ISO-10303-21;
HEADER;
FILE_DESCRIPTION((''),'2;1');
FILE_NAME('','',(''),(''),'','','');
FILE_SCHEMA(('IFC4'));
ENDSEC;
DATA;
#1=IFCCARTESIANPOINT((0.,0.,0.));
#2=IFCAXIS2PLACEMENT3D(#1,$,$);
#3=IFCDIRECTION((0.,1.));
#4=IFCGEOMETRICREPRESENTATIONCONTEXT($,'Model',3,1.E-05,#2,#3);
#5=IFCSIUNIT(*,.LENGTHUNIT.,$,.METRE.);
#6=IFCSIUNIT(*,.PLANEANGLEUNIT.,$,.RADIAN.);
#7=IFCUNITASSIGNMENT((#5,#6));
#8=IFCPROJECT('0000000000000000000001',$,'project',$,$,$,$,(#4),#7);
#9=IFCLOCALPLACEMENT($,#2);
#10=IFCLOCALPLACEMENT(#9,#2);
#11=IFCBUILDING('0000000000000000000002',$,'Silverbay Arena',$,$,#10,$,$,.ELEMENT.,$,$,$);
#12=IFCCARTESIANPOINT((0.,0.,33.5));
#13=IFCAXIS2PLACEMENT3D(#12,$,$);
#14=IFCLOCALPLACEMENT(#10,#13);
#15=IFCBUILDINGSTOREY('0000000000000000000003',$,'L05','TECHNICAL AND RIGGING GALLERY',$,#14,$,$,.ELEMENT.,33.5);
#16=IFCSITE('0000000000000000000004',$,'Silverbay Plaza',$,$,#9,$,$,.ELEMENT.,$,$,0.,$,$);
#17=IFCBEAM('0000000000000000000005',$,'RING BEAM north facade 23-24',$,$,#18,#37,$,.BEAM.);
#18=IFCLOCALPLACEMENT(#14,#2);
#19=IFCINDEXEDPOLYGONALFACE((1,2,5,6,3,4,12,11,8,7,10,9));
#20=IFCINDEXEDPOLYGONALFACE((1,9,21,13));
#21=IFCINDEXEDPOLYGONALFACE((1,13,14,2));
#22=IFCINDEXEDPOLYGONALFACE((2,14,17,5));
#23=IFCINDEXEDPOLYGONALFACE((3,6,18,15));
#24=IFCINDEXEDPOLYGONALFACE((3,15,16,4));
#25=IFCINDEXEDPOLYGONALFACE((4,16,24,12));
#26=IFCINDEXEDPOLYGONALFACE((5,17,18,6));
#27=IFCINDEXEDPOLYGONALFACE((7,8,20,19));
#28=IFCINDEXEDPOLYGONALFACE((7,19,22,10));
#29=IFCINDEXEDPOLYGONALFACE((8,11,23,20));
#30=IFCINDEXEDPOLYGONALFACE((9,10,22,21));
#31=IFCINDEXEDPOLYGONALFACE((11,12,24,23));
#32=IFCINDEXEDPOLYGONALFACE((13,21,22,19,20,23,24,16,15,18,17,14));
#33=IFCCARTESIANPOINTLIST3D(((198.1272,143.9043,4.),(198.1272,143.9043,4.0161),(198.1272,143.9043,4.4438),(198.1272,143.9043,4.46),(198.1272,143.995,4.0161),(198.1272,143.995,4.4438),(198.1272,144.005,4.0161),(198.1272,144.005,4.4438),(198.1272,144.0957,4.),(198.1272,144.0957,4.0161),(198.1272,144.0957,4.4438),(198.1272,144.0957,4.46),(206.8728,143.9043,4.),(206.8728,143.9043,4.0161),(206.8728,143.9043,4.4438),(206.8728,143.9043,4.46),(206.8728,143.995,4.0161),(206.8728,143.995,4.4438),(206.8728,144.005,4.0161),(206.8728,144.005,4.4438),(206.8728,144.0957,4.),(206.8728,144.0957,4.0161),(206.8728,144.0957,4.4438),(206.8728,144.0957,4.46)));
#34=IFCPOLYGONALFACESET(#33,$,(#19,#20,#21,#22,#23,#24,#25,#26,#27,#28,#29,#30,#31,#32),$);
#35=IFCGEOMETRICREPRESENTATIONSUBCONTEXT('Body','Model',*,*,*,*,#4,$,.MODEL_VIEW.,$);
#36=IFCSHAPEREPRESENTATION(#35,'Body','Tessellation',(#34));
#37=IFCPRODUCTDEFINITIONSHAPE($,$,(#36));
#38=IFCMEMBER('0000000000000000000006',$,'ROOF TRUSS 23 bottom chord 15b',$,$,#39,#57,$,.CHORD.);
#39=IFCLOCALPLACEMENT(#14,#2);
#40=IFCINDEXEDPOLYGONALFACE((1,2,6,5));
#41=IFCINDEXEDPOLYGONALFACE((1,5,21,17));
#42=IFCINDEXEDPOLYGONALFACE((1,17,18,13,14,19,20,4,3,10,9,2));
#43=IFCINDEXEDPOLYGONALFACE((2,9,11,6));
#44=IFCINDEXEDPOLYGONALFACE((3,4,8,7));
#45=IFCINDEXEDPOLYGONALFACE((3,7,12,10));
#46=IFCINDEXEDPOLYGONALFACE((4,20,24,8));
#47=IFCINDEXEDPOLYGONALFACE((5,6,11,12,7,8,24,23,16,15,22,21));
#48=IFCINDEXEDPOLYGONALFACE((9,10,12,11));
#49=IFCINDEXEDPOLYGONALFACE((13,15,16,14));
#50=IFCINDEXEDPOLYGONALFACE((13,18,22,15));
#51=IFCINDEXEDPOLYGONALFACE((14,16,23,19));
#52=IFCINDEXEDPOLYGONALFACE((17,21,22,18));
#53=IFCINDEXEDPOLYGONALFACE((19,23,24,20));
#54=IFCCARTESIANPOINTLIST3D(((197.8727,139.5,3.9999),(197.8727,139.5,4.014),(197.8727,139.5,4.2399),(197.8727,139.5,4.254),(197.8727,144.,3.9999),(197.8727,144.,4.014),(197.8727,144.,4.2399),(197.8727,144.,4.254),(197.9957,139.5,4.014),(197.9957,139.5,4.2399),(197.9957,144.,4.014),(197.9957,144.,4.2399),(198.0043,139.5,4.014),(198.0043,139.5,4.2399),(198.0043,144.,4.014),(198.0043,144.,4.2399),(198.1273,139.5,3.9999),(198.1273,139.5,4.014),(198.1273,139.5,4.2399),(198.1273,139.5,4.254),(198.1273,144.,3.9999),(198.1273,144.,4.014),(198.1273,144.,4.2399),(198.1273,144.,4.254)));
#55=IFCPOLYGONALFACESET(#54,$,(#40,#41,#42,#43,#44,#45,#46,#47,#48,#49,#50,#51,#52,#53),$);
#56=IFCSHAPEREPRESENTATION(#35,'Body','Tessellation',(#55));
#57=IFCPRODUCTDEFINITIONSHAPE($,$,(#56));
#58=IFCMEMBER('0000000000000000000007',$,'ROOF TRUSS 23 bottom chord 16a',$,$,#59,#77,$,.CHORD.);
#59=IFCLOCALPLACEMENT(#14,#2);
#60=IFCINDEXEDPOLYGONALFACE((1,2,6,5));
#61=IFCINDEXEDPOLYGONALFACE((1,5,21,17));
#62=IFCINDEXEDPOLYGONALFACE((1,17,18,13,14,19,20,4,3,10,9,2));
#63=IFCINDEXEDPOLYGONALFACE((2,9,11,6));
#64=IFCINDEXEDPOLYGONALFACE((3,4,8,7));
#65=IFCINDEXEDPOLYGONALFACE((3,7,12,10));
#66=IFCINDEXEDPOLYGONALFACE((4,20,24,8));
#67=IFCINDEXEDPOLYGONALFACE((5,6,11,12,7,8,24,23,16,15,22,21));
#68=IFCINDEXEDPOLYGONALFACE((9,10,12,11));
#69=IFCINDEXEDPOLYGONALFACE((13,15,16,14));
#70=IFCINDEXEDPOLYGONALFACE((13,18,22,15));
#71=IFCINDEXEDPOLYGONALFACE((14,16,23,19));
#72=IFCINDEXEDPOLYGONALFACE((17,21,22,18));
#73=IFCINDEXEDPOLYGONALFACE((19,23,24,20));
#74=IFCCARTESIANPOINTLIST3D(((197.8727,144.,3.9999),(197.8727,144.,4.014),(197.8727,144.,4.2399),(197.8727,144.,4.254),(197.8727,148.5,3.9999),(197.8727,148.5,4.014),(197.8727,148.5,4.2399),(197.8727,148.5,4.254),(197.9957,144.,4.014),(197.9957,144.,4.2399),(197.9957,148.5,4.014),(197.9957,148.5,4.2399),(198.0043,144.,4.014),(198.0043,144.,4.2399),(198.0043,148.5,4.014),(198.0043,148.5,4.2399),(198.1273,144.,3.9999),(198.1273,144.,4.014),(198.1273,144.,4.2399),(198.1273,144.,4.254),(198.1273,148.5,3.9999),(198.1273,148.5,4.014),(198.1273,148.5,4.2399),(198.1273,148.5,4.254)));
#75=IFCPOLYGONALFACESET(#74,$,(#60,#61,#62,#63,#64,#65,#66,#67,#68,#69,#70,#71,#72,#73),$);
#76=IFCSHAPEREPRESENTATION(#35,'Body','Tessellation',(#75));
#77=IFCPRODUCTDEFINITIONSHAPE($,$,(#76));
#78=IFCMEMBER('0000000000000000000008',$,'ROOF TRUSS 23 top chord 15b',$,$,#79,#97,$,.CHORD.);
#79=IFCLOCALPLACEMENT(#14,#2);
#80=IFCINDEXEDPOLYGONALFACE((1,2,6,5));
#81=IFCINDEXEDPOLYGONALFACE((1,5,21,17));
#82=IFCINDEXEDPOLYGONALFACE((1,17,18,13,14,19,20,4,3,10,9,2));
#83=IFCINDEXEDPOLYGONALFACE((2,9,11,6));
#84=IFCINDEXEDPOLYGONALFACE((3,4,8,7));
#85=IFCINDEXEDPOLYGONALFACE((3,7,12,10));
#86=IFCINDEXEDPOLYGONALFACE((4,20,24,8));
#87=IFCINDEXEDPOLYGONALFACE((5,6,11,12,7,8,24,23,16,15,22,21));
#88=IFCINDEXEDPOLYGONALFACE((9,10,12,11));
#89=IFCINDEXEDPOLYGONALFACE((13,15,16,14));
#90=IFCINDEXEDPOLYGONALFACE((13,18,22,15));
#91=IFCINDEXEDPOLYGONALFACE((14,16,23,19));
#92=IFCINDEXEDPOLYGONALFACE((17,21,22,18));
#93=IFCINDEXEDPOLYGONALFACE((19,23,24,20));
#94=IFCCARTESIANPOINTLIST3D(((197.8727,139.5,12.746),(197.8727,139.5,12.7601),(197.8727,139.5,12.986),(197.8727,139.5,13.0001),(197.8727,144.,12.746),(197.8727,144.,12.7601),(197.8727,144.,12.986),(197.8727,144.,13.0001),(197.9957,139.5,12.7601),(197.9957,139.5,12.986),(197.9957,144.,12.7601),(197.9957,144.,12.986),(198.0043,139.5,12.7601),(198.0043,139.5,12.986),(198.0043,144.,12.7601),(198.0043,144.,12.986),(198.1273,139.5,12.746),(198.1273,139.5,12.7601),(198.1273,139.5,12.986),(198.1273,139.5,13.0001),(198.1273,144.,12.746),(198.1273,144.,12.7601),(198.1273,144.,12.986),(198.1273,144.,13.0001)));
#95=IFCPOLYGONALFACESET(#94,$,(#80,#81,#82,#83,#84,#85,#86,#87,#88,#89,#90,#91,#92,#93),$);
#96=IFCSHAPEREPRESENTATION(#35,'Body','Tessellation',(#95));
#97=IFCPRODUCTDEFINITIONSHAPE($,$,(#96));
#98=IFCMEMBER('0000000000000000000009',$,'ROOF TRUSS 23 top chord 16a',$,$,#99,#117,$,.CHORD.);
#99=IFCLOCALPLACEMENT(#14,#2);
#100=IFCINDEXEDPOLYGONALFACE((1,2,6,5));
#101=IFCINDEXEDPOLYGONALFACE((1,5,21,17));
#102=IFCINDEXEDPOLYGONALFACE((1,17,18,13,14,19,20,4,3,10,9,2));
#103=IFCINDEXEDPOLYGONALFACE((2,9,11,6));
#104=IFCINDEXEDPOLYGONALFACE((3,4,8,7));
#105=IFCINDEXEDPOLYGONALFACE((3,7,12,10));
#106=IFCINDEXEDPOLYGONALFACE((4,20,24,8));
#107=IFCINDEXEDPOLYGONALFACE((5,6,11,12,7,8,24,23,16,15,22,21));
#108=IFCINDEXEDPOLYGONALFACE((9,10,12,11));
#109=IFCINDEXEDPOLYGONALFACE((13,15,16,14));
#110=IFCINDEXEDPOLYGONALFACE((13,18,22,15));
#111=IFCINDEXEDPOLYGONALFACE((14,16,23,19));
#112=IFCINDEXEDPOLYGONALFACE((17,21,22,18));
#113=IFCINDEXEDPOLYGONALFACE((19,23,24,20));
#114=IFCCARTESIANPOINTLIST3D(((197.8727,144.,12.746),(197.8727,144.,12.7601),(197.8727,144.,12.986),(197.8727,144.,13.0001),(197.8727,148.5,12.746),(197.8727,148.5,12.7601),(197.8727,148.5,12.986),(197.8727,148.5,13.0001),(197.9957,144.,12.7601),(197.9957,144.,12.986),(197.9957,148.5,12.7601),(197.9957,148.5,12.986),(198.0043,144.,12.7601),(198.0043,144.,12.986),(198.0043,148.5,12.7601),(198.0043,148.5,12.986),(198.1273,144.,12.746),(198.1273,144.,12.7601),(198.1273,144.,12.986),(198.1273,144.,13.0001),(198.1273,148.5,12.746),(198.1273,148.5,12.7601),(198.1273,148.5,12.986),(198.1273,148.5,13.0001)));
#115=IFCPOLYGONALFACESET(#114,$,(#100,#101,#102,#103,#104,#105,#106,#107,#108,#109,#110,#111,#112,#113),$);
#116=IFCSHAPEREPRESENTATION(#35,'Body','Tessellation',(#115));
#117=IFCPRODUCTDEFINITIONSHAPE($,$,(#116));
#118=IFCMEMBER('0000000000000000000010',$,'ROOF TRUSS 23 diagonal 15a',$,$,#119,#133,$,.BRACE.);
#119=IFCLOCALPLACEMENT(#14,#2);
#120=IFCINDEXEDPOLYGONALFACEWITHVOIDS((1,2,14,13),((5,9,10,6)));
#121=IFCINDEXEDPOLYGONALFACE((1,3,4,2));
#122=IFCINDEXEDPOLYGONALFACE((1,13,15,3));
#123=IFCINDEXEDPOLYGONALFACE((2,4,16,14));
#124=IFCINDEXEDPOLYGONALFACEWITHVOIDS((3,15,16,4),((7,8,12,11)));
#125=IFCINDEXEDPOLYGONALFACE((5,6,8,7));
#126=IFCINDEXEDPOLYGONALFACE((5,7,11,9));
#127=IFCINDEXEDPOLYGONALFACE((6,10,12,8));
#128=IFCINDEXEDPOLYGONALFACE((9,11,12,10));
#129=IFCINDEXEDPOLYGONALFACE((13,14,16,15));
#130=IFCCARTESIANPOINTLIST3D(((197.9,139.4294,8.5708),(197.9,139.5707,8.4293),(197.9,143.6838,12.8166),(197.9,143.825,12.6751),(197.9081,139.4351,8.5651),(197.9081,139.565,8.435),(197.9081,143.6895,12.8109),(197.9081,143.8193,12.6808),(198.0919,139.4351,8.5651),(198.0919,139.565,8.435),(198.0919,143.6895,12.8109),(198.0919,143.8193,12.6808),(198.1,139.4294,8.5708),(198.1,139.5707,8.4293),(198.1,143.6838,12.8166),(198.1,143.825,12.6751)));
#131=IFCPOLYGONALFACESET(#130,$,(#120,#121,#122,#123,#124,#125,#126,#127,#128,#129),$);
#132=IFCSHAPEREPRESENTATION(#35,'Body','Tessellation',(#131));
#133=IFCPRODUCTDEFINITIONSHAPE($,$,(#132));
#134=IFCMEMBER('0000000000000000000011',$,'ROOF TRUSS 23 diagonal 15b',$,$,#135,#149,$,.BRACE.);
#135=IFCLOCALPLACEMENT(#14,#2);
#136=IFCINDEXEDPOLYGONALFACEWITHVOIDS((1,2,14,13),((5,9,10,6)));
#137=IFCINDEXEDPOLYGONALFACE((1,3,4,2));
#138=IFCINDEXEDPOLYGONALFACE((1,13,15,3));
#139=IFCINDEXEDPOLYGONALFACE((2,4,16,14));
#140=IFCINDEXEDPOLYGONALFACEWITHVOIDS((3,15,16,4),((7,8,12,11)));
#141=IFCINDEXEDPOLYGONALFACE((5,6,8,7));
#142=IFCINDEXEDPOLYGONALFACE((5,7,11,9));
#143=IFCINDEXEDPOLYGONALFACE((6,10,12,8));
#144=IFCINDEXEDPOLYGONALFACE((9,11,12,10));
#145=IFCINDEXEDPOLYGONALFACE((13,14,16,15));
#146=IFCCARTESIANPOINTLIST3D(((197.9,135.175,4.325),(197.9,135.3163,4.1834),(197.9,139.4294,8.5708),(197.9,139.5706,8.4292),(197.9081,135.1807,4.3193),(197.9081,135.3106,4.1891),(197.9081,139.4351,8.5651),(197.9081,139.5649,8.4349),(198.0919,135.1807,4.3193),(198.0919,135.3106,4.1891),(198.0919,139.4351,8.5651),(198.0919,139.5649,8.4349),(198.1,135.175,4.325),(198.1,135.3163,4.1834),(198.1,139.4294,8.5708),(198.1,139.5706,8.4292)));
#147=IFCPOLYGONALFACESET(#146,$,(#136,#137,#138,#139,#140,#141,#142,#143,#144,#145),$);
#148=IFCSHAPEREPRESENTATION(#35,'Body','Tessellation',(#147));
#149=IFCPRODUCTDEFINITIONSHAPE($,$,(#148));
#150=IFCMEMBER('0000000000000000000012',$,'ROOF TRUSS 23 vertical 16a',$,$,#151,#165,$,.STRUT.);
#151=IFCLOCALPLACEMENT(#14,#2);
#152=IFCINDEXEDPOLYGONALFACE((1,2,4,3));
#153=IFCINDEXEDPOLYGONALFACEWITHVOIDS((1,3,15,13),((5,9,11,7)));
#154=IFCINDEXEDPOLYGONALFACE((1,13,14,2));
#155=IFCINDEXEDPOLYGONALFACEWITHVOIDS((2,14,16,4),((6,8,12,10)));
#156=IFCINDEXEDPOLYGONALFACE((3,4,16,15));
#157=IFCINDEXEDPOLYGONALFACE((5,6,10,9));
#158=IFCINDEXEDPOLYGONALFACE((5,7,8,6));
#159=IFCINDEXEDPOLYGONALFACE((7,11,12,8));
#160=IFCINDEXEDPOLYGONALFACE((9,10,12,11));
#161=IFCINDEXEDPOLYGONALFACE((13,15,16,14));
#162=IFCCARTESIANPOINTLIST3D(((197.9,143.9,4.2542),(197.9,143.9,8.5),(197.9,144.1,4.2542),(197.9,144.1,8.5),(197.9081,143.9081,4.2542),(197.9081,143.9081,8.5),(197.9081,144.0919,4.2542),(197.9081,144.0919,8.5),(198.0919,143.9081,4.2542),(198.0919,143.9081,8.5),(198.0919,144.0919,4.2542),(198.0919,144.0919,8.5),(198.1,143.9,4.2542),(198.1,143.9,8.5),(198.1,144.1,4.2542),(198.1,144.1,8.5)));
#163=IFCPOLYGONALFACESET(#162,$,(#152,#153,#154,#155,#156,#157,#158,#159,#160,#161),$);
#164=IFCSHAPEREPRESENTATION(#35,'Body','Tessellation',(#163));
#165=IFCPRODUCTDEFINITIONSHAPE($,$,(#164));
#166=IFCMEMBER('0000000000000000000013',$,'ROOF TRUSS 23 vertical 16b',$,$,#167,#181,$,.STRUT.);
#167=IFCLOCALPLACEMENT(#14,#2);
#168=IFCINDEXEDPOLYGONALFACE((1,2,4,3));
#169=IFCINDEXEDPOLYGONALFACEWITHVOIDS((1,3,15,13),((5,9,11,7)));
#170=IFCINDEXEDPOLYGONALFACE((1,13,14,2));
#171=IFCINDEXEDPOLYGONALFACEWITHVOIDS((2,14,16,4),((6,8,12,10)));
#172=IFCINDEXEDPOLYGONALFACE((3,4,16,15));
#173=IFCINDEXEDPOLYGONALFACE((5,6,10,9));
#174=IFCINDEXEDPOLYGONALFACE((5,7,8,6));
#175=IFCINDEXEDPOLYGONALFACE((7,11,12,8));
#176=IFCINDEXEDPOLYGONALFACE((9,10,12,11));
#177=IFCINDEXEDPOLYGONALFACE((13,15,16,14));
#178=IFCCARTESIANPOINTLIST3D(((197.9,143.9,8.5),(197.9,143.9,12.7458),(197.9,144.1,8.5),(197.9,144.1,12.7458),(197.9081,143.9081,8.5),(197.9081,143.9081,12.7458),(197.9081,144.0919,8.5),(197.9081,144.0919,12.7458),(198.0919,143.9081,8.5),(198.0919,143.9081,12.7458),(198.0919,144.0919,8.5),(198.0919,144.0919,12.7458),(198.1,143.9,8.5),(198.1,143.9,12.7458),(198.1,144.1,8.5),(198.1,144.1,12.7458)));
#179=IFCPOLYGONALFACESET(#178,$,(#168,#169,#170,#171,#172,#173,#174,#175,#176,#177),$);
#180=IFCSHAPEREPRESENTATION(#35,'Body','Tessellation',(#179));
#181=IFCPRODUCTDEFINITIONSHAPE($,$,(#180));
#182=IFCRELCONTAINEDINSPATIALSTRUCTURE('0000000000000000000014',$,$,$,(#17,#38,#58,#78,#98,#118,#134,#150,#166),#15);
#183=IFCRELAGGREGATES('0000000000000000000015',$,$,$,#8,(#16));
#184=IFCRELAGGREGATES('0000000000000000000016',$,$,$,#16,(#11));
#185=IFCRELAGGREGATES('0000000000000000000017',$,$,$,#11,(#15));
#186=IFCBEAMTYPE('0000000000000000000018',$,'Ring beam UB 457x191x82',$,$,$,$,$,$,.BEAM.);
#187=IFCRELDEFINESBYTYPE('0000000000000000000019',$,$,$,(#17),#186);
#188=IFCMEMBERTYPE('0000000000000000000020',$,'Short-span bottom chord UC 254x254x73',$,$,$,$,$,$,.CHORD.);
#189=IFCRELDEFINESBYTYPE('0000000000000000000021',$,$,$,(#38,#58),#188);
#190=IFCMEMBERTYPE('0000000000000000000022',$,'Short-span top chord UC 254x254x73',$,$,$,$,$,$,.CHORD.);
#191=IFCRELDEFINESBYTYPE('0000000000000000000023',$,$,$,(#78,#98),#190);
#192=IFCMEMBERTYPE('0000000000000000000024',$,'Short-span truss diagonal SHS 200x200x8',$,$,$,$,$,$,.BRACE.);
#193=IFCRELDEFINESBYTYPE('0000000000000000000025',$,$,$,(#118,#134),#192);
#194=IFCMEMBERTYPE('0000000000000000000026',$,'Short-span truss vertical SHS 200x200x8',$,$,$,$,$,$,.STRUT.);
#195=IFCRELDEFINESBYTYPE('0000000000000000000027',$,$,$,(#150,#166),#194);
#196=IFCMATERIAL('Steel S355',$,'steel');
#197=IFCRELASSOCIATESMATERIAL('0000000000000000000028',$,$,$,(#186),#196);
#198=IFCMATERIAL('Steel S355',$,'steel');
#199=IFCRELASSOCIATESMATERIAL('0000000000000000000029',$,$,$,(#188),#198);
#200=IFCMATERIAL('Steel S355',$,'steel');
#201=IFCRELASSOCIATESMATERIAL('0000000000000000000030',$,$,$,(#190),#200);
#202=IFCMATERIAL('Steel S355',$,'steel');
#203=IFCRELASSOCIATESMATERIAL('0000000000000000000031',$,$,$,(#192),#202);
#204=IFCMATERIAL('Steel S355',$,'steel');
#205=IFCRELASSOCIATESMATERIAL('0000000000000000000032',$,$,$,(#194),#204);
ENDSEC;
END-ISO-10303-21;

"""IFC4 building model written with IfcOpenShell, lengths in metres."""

from ifc_helpers import new_model, si_unit, direction, frame, origin, origin_2d, place, context, subcontext, project, spatial, hollow_rectangle, i_section, extrude, material, material_profile, profile_set, type_object, element, save


model = new_model("IFC4")

# Units and contexts
model_context = context("Model", 3, precision=1e-05, world=origin(), true_north=direction((0.0, 1.0)))
body_context = subcontext(model_context, "Body", "Model", "MODEL_VIEW")
ifc_project = project(units=[si_unit("LENGTHUNIT", "METRE"), si_unit("PLANEANGLEUNIT", "RADIAN")], contexts=[model_context])

# Site, building, storey
site_placement = place(None, origin())
site = spatial("IfcSite", under=ifc_project, at=site_placement, Name="Silverbay Plaza", CompositionType="ELEMENT", RefElevation=0.0)
building_placement = place(site_placement, origin())
building = spatial("IfcBuilding", under=site, at=building_placement, Name="Silverbay Arena", CompositionType="ELEMENT")
storey_placement = place(building_placement, frame((0.0, 0.0, 33.5)))
storey = spatial("IfcBuildingStorey", under=building, at=storey_placement, Name="L05", Description="TECHNICAL AND RIGGING GALLERY", CompositionType="ELEMENT", Elevation=33.5)

# Beam
ifc_material_1 = material(Name="Steel S355", Category="steel")
ifc_material_profile_1 = material_profile(ifc_material_1, i_section(OverallWidth=0.1914, OverallDepth=0.46, WebThickness=0.01, FlangeThickness=0.0161, at=origin_2d()), Name="UB 457x191x82")
ifc_profile_set_1 = profile_set([ifc_material_profile_1], Name="Steel S355")
beam_type = type_object("IfcBeamType", Name="Ring beam UB 457x191x82", PredefinedType="BEAM", material=ifc_profile_set_1)
beam_placement = place(storey_placement, frame((198.1272, 144.0, 4.23), z_axis=(1.0, 0.0, 0.0), x_axis=(0.0, 1.0, 0.0)))
element("IfcBeam", 1, at=beam_placement, inside=storey, type_object=beam_type, Name="RING BEAM north facade 23-24", PredefinedType="BEAM", context=body_context, shape_type="SweptSolid", body=[
    extrude(i_section(OverallWidth=0.1914, OverallDepth=0.46, WebThickness=0.01, FlangeThickness=0.0161, at=origin_2d()), origin(), (0.0, 0.0, 1.0), 8.7456),
])

# Members
ifc_material_2 = material(Name="Steel S355", Category="steel")
ifc_material_profile_2 = material_profile(ifc_material_2, i_section(OverallWidth=0.2546, OverallDepth=0.2542, WebThickness=0.0085, FlangeThickness=0.0142, at=origin_2d()), Name="UC 254x254x73")
ifc_profile_set_2 = profile_set([ifc_material_profile_2], Name="Steel S355")
member_type_1 = type_object("IfcMemberType", Name="Short-span bottom chord UC 254x254x73", PredefinedType="CHORD", material=ifc_profile_set_2)
for number, where, z_axis, x_axis, name in (
    (2, (198.0, 139.5, 4.127), (0.0, 1.0, 0.0), (-1.0, 0.0, 0.0), "ROOF TRUSS 23 bottom chord 15b"),
    (3, (198.0, 144.0, 4.127), (0.0, 1.0, 0.0), (-1.0, 0.0, 0.0), "ROOF TRUSS 23 bottom chord 16a"),
):
    element("IfcMember", number, at=place(storey_placement, frame(where, z_axis=z_axis, x_axis=x_axis)), inside=storey, type_object=member_type_1, Name=name, PredefinedType="CHORD", context=body_context, shape_type="SweptSolid", body=[
        extrude(i_section(OverallWidth=0.2546, OverallDepth=0.2542, WebThickness=0.0085, FlangeThickness=0.0142, at=origin_2d()), origin(), (0.0, 0.0, 1.0), 4.5),
    ])
ifc_material_3 = material(Name="Steel S355", Category="steel")
ifc_material_profile_3 = material_profile(ifc_material_3, i_section(OverallWidth=0.2546, OverallDepth=0.2542, WebThickness=0.0085, FlangeThickness=0.0142, at=origin_2d()), Name="UC 254x254x73")
ifc_profile_set_3 = profile_set([ifc_material_profile_3], Name="Steel S355")
member_type_2 = type_object("IfcMemberType", Name="Short-span top chord UC 254x254x73", PredefinedType="CHORD", material=ifc_profile_set_3)
for number, where, z_axis, x_axis, name in (
    (4, (198.0, 139.5, 12.873), (0.0, 1.0, 0.0), (-1.0, 0.0, 0.0), "ROOF TRUSS 23 top chord 15b"),
    (5, (198.0, 144.0, 12.873), (0.0, 1.0, 0.0), (-1.0, 0.0, 0.0), "ROOF TRUSS 23 top chord 16a"),
):
    element("IfcMember", number, at=place(storey_placement, frame(where, z_axis=z_axis, x_axis=x_axis)), inside=storey, type_object=member_type_2, Name=name, PredefinedType="CHORD", context=body_context, shape_type="SweptSolid", body=[
        extrude(i_section(OverallWidth=0.2546, OverallDepth=0.2542, WebThickness=0.0085, FlangeThickness=0.0142, at=origin_2d()), origin(), (0.0, 0.0, 1.0), 4.5),
    ])
ifc_material_4 = material(Name="Steel S355", Category="steel")
ifc_material_profile_4 = material_profile(ifc_material_4, hollow_rectangle(XDim=0.2, YDim=0.2, WallThickness=0.0081, at=origin_2d()), Name="SHS 200x200x8")
ifc_profile_set_4 = profile_set([ifc_material_profile_4], Name="Steel S355")
member_type_3 = type_object("IfcMemberType", Name="Short-span truss diagonal SHS 200x200x8", PredefinedType="BRACE", material=ifc_profile_set_4)
for number, where, z_axis, x_axis, name in (
    (6, (198.0, 143.7544, 12.7458), (0.0, -0.707817, -0.706396), (1.0, 0.0, 0.0), "ROOF TRUSS 23 diagonal 15a"),
    (7, (198.0, 139.5, 8.5), (0.0, -0.707817, -0.706396), (1.0, 0.0, 0.0), "ROOF TRUSS 23 diagonal 15b"),
):
    element("IfcMember", number, at=place(storey_placement, frame(where, z_axis=z_axis, x_axis=x_axis)), inside=storey, type_object=member_type_3, Name=name, PredefinedType="BRACE", context=body_context, shape_type="SweptSolid", body=[
        extrude(hollow_rectangle(XDim=0.2, YDim=0.2, WallThickness=0.0081, at=origin_2d()), origin(), (0.0, 0.0, 1.0), 6.0105),
    ])
ifc_material_5 = material(Name="Steel S355", Category="steel")
ifc_material_profile_5 = material_profile(ifc_material_5, hollow_rectangle(XDim=0.2, YDim=0.2, WallThickness=0.0081, at=origin_2d()), Name="SHS 200x200x8")
ifc_profile_set_5 = profile_set([ifc_material_profile_5], Name="Steel S355")
member_type_4 = type_object("IfcMemberType", Name="Short-span truss vertical SHS 200x200x8", PredefinedType="STRUT", material=ifc_profile_set_5)
for number, where, z_axis, x_axis, name in (
    (8, (198.0, 144.0, 4.2542), (0.0, 0.0, 1.0), (1.0, 0.0, 0.0), "ROOF TRUSS 23 vertical 16a"),
    (9, (198.0, 144.0, 8.5), (0.0, 0.0, 1.0), (1.0, 0.0, 0.0), "ROOF TRUSS 23 vertical 16b"),
):
    element("IfcMember", number, at=place(storey_placement, frame(where, z_axis=z_axis, x_axis=x_axis)), inside=storey, type_object=member_type_4, Name=name, PredefinedType="STRUT", context=body_context, shape_type="SweptSolid", body=[
        extrude(hollow_rectangle(XDim=0.2, YDim=0.2, WallThickness=0.0081, at=origin_2d()), origin(), (0.0, 0.0, 1.0), 4.2458),
    ])

save(model, "model.ifc")
